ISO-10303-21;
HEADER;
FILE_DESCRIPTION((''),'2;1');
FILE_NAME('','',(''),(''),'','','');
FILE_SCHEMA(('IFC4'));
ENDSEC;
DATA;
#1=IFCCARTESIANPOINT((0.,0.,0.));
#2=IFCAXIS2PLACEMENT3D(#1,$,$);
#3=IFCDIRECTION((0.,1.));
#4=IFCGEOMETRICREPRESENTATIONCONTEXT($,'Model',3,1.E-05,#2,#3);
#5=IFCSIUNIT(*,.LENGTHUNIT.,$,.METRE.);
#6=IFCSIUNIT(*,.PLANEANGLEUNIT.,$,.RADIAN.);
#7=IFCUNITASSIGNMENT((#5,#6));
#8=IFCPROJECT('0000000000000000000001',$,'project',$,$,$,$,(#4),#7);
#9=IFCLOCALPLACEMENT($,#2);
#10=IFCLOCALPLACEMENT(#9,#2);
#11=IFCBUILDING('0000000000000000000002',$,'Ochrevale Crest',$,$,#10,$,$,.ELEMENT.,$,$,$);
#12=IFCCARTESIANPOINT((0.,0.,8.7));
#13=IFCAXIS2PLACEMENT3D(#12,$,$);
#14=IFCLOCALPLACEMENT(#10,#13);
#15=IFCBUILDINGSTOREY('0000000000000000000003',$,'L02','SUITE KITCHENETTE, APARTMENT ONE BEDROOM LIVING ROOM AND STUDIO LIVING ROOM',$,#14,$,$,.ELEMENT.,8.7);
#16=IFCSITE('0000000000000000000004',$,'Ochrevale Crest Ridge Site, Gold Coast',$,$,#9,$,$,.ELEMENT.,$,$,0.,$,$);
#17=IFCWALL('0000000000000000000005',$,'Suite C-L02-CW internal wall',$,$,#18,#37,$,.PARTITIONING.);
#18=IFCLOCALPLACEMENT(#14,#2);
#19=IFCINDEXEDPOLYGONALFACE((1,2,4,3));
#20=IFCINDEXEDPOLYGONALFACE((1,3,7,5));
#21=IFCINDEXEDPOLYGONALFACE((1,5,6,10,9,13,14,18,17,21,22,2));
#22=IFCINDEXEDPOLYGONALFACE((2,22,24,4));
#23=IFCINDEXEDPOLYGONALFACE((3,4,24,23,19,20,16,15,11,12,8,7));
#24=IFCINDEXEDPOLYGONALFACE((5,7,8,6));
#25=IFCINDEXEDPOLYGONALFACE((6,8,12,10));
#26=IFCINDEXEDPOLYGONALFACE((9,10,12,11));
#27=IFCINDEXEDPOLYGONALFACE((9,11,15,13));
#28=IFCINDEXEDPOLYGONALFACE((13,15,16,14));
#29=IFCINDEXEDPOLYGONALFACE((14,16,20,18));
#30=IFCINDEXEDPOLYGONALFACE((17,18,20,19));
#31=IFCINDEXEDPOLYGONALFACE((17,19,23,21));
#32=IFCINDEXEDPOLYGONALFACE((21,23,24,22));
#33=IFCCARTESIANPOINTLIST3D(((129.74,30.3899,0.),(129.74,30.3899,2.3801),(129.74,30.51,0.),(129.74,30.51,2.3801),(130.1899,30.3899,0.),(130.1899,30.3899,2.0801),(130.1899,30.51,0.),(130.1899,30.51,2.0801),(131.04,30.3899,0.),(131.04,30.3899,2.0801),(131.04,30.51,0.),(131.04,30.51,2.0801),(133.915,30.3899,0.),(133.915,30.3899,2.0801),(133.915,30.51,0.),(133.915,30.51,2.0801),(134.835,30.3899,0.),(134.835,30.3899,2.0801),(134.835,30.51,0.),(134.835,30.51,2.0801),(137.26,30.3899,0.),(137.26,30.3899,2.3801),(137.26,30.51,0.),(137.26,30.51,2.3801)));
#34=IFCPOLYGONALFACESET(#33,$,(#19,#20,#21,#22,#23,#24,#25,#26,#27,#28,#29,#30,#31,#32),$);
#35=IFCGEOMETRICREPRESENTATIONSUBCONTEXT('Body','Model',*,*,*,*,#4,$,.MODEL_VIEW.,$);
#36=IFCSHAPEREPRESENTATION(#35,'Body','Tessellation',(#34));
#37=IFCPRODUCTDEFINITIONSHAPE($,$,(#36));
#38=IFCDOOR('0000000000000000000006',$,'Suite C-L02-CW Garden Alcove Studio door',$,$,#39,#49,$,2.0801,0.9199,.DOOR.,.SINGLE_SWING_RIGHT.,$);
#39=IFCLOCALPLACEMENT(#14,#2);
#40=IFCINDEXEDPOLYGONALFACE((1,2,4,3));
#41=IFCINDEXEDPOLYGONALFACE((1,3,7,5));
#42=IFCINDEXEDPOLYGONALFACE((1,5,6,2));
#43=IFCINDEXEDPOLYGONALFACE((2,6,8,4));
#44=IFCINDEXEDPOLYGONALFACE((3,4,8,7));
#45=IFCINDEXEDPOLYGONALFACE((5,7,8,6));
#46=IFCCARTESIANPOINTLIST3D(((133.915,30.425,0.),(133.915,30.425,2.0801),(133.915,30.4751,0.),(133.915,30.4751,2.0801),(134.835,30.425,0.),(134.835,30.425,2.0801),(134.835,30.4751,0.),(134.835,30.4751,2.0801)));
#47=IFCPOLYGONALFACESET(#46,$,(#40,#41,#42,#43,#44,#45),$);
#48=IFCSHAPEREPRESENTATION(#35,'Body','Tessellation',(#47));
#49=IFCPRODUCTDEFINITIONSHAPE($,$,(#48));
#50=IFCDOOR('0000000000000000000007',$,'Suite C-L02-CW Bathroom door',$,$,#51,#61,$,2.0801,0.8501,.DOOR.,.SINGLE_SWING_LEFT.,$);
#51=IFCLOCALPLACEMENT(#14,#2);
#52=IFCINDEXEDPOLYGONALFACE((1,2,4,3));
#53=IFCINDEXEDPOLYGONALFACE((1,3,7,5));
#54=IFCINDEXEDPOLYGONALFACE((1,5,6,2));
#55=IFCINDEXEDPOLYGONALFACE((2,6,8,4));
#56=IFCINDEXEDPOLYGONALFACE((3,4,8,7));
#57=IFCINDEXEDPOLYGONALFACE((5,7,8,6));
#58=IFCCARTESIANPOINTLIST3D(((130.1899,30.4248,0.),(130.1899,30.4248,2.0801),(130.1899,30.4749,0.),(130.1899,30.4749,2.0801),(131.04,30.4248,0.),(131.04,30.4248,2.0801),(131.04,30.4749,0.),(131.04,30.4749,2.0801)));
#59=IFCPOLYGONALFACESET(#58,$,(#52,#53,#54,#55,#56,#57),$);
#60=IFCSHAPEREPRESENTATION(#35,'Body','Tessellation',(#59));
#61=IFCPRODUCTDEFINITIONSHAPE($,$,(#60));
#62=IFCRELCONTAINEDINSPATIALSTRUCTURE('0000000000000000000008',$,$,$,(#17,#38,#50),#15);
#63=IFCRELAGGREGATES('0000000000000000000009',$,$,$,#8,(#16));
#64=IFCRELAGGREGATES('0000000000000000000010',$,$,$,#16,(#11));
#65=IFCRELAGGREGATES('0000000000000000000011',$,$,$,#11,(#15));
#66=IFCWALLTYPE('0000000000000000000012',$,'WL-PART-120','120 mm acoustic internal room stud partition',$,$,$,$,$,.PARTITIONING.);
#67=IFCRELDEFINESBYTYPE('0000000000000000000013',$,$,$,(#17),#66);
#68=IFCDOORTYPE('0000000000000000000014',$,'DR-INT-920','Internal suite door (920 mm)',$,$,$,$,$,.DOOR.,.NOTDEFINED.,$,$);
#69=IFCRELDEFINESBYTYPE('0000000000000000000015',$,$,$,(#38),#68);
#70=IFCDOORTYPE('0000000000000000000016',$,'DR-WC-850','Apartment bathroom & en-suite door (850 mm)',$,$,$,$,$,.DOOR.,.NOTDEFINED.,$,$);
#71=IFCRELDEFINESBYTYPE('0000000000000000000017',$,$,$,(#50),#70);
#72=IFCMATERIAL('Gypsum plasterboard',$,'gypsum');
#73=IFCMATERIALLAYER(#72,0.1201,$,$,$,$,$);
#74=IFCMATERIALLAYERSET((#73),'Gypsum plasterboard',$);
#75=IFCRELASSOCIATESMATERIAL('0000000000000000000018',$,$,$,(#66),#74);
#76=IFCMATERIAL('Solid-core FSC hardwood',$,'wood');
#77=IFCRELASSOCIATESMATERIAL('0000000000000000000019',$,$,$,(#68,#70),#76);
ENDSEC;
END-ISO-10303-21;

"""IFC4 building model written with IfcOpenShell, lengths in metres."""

from ifc_helpers import new_model, si_unit, direction, frame, frame_2d, origin, place, context, subcontext, project, spatial, rectangle, extrude, material, layer, layer_set, type_object, element, fill, save


model = new_model("IFC4")

# Units and contexts
model_context = context("Model", 3, precision=1e-05, world=origin(), true_north=direction((0.0, 1.0)))
body_context = subcontext(model_context, "Body", "Model", "MODEL_VIEW")
ifc_project = project(units=[si_unit("LENGTHUNIT", "METRE"), si_unit("PLANEANGLEUNIT", "RADIAN")], contexts=[model_context])

# Site, building, storey
site_placement = place(None, origin())
site = spatial("IfcSite", under=ifc_project, at=site_placement, Name="Ochrevale Crest Ridge Site, Gold Coast", CompositionType="ELEMENT", RefElevation=0.0)
building_placement = place(site_placement, origin())
building = spatial("IfcBuilding", under=site, at=building_placement, Name="Ochrevale Crest", CompositionType="ELEMENT")
storey_placement = place(building_placement, frame((0.0, 0.0, 8.7)))
storey = spatial("IfcBuildingStorey", under=building, at=storey_placement, Name="L02", Description="SUITE KITCHENETTE, APARTMENT ONE BEDROOM LIVING ROOM AND STUDIO LIVING ROOM", CompositionType="ELEMENT", Elevation=8.7)

# Shared definitions
ifc_material_1 = material(Name="Gypsum plasterboard", Category="gypsum")
ifc_material_2 = material(Name="Solid-core FSC hardwood", Category="wood")

# Wall, openings, doors
ifc_layer_1 = layer(ifc_material_1, 0.1201)
ifc_layer_set_1 = layer_set([ifc_layer_1], Name="Gypsum plasterboard")
wall_type_1 = type_object("IfcWallType", Name="WL-PART-120", Description="120 mm acoustic internal room stud partition", PredefinedType="PARTITIONING", material=ifc_layer_set_1)
wall_1_placement = place(storey_placement, frame((129.74, 30.45, 0.0), z_axis=(0.0, 0.0, 1.0), x_axis=(1.0, 0.0, 0.0)))
wall_1 = element("IfcWall", 1, at=wall_1_placement, inside=storey, type_object=wall_type_1, Name="Suite C-L02-CW internal wall", PredefinedType="PARTITIONING", context=body_context, shape_type="SweptSolid", body=[
    extrude(rectangle(XDim=7.52, YDim=0.1201, at=frame_2d((3.76, 0.0))), origin(), (0.0, 0.0, 1.0), 2.3801),
])
opening_1_placement = place(wall_1_placement, frame((0.45, 0.0, 0.0)))
opening_1 = element("IfcOpeningElement", 2, at=opening_1_placement, cuts=wall_1, PredefinedType="OPENING", context=body_context, shape_type="SweptSolid", body=[
    extrude(rectangle(XDim=0.8501, YDim=2.0801, at=frame_2d((0.425, 1.04))), frame((0.0, 0.0701, 0.0), z_axis=(0.0, -1.0, 0.0), x_axis=(1.0, 0.0, 0.0)), (0.0, 0.0, 1.0), 0.1401),
])
opening_2_placement = place(wall_1_placement, frame((5.095, 0.0, 0.0), z_axis=(0.0, 0.0, 1.0), x_axis=(-1.0, 0.0, 0.0)))
opening_2 = element("IfcOpeningElement", 3, at=opening_2_placement, cuts=wall_1, PredefinedType="OPENING", context=body_context, shape_type="SweptSolid", body=[
    extrude(rectangle(XDim=0.9199, YDim=2.0801, at=frame_2d((0.46, 1.04))), frame((0.0, 0.0701, 0.0), z_axis=(0.0, -1.0, 0.0), x_axis=(1.0, 0.0, 0.0)), (0.0, 0.0, 1.0), 0.1401),
])
door_type_1 = type_object("IfcDoorType", Name="DR-INT-920", Description="Internal suite door (920 mm)", OperationType="NOTDEFINED", PredefinedType="DOOR", material=ifc_material_2)
door_1_placement = place(opening_2_placement, origin())
door_1 = element("IfcDoor", 4, at=door_1_placement, inside=storey, type_object=door_type_1, Name="Suite C-L02-CW Garden Alcove Studio door", OperationType="SINGLE_SWING_RIGHT", OverallHeight=2.0801, OverallWidth=0.9199, PredefinedType="DOOR", context=body_context, shape_type="SweptSolid", body=[
    extrude(rectangle(XDim=0.9199, YDim=2.0801, at=frame_2d((0.46, 1.04))), frame((0.0, 0.0249, 0.0), z_axis=(0.0, -1.0, 0.0), x_axis=(1.0, 0.0, 0.0)), (0.0, 0.0, 1.0), 0.05),
])
fill(opening_2, door_1)
door_type_2 = type_object("IfcDoorType", Name="DR-WC-850", Description="Apartment bathroom & en-suite door (850 mm)", OperationType="NOTDEFINED", PredefinedType="DOOR", material=ifc_material_2)
door_2_placement = place(opening_1_placement, origin())
door_2 = element("IfcDoor", 5, at=door_2_placement, inside=storey, type_object=door_type_2, Name="Suite C-L02-CW Bathroom door", OperationType="SINGLE_SWING_LEFT", OverallHeight=2.0801, OverallWidth=0.8501, PredefinedType="DOOR", context=body_context, shape_type="SweptSolid", body=[
    extrude(rectangle(XDim=0.8501, YDim=2.0801, at=frame_2d((0.425, 1.04))), frame((0.0, 0.0249, 0.0), z_axis=(0.0, -1.0, 0.0), x_axis=(1.0, 0.0, 0.0)), (0.0, 0.0, 1.0), 0.05),
])
fill(opening_1, door_2)

save(model, "model.ifc")
